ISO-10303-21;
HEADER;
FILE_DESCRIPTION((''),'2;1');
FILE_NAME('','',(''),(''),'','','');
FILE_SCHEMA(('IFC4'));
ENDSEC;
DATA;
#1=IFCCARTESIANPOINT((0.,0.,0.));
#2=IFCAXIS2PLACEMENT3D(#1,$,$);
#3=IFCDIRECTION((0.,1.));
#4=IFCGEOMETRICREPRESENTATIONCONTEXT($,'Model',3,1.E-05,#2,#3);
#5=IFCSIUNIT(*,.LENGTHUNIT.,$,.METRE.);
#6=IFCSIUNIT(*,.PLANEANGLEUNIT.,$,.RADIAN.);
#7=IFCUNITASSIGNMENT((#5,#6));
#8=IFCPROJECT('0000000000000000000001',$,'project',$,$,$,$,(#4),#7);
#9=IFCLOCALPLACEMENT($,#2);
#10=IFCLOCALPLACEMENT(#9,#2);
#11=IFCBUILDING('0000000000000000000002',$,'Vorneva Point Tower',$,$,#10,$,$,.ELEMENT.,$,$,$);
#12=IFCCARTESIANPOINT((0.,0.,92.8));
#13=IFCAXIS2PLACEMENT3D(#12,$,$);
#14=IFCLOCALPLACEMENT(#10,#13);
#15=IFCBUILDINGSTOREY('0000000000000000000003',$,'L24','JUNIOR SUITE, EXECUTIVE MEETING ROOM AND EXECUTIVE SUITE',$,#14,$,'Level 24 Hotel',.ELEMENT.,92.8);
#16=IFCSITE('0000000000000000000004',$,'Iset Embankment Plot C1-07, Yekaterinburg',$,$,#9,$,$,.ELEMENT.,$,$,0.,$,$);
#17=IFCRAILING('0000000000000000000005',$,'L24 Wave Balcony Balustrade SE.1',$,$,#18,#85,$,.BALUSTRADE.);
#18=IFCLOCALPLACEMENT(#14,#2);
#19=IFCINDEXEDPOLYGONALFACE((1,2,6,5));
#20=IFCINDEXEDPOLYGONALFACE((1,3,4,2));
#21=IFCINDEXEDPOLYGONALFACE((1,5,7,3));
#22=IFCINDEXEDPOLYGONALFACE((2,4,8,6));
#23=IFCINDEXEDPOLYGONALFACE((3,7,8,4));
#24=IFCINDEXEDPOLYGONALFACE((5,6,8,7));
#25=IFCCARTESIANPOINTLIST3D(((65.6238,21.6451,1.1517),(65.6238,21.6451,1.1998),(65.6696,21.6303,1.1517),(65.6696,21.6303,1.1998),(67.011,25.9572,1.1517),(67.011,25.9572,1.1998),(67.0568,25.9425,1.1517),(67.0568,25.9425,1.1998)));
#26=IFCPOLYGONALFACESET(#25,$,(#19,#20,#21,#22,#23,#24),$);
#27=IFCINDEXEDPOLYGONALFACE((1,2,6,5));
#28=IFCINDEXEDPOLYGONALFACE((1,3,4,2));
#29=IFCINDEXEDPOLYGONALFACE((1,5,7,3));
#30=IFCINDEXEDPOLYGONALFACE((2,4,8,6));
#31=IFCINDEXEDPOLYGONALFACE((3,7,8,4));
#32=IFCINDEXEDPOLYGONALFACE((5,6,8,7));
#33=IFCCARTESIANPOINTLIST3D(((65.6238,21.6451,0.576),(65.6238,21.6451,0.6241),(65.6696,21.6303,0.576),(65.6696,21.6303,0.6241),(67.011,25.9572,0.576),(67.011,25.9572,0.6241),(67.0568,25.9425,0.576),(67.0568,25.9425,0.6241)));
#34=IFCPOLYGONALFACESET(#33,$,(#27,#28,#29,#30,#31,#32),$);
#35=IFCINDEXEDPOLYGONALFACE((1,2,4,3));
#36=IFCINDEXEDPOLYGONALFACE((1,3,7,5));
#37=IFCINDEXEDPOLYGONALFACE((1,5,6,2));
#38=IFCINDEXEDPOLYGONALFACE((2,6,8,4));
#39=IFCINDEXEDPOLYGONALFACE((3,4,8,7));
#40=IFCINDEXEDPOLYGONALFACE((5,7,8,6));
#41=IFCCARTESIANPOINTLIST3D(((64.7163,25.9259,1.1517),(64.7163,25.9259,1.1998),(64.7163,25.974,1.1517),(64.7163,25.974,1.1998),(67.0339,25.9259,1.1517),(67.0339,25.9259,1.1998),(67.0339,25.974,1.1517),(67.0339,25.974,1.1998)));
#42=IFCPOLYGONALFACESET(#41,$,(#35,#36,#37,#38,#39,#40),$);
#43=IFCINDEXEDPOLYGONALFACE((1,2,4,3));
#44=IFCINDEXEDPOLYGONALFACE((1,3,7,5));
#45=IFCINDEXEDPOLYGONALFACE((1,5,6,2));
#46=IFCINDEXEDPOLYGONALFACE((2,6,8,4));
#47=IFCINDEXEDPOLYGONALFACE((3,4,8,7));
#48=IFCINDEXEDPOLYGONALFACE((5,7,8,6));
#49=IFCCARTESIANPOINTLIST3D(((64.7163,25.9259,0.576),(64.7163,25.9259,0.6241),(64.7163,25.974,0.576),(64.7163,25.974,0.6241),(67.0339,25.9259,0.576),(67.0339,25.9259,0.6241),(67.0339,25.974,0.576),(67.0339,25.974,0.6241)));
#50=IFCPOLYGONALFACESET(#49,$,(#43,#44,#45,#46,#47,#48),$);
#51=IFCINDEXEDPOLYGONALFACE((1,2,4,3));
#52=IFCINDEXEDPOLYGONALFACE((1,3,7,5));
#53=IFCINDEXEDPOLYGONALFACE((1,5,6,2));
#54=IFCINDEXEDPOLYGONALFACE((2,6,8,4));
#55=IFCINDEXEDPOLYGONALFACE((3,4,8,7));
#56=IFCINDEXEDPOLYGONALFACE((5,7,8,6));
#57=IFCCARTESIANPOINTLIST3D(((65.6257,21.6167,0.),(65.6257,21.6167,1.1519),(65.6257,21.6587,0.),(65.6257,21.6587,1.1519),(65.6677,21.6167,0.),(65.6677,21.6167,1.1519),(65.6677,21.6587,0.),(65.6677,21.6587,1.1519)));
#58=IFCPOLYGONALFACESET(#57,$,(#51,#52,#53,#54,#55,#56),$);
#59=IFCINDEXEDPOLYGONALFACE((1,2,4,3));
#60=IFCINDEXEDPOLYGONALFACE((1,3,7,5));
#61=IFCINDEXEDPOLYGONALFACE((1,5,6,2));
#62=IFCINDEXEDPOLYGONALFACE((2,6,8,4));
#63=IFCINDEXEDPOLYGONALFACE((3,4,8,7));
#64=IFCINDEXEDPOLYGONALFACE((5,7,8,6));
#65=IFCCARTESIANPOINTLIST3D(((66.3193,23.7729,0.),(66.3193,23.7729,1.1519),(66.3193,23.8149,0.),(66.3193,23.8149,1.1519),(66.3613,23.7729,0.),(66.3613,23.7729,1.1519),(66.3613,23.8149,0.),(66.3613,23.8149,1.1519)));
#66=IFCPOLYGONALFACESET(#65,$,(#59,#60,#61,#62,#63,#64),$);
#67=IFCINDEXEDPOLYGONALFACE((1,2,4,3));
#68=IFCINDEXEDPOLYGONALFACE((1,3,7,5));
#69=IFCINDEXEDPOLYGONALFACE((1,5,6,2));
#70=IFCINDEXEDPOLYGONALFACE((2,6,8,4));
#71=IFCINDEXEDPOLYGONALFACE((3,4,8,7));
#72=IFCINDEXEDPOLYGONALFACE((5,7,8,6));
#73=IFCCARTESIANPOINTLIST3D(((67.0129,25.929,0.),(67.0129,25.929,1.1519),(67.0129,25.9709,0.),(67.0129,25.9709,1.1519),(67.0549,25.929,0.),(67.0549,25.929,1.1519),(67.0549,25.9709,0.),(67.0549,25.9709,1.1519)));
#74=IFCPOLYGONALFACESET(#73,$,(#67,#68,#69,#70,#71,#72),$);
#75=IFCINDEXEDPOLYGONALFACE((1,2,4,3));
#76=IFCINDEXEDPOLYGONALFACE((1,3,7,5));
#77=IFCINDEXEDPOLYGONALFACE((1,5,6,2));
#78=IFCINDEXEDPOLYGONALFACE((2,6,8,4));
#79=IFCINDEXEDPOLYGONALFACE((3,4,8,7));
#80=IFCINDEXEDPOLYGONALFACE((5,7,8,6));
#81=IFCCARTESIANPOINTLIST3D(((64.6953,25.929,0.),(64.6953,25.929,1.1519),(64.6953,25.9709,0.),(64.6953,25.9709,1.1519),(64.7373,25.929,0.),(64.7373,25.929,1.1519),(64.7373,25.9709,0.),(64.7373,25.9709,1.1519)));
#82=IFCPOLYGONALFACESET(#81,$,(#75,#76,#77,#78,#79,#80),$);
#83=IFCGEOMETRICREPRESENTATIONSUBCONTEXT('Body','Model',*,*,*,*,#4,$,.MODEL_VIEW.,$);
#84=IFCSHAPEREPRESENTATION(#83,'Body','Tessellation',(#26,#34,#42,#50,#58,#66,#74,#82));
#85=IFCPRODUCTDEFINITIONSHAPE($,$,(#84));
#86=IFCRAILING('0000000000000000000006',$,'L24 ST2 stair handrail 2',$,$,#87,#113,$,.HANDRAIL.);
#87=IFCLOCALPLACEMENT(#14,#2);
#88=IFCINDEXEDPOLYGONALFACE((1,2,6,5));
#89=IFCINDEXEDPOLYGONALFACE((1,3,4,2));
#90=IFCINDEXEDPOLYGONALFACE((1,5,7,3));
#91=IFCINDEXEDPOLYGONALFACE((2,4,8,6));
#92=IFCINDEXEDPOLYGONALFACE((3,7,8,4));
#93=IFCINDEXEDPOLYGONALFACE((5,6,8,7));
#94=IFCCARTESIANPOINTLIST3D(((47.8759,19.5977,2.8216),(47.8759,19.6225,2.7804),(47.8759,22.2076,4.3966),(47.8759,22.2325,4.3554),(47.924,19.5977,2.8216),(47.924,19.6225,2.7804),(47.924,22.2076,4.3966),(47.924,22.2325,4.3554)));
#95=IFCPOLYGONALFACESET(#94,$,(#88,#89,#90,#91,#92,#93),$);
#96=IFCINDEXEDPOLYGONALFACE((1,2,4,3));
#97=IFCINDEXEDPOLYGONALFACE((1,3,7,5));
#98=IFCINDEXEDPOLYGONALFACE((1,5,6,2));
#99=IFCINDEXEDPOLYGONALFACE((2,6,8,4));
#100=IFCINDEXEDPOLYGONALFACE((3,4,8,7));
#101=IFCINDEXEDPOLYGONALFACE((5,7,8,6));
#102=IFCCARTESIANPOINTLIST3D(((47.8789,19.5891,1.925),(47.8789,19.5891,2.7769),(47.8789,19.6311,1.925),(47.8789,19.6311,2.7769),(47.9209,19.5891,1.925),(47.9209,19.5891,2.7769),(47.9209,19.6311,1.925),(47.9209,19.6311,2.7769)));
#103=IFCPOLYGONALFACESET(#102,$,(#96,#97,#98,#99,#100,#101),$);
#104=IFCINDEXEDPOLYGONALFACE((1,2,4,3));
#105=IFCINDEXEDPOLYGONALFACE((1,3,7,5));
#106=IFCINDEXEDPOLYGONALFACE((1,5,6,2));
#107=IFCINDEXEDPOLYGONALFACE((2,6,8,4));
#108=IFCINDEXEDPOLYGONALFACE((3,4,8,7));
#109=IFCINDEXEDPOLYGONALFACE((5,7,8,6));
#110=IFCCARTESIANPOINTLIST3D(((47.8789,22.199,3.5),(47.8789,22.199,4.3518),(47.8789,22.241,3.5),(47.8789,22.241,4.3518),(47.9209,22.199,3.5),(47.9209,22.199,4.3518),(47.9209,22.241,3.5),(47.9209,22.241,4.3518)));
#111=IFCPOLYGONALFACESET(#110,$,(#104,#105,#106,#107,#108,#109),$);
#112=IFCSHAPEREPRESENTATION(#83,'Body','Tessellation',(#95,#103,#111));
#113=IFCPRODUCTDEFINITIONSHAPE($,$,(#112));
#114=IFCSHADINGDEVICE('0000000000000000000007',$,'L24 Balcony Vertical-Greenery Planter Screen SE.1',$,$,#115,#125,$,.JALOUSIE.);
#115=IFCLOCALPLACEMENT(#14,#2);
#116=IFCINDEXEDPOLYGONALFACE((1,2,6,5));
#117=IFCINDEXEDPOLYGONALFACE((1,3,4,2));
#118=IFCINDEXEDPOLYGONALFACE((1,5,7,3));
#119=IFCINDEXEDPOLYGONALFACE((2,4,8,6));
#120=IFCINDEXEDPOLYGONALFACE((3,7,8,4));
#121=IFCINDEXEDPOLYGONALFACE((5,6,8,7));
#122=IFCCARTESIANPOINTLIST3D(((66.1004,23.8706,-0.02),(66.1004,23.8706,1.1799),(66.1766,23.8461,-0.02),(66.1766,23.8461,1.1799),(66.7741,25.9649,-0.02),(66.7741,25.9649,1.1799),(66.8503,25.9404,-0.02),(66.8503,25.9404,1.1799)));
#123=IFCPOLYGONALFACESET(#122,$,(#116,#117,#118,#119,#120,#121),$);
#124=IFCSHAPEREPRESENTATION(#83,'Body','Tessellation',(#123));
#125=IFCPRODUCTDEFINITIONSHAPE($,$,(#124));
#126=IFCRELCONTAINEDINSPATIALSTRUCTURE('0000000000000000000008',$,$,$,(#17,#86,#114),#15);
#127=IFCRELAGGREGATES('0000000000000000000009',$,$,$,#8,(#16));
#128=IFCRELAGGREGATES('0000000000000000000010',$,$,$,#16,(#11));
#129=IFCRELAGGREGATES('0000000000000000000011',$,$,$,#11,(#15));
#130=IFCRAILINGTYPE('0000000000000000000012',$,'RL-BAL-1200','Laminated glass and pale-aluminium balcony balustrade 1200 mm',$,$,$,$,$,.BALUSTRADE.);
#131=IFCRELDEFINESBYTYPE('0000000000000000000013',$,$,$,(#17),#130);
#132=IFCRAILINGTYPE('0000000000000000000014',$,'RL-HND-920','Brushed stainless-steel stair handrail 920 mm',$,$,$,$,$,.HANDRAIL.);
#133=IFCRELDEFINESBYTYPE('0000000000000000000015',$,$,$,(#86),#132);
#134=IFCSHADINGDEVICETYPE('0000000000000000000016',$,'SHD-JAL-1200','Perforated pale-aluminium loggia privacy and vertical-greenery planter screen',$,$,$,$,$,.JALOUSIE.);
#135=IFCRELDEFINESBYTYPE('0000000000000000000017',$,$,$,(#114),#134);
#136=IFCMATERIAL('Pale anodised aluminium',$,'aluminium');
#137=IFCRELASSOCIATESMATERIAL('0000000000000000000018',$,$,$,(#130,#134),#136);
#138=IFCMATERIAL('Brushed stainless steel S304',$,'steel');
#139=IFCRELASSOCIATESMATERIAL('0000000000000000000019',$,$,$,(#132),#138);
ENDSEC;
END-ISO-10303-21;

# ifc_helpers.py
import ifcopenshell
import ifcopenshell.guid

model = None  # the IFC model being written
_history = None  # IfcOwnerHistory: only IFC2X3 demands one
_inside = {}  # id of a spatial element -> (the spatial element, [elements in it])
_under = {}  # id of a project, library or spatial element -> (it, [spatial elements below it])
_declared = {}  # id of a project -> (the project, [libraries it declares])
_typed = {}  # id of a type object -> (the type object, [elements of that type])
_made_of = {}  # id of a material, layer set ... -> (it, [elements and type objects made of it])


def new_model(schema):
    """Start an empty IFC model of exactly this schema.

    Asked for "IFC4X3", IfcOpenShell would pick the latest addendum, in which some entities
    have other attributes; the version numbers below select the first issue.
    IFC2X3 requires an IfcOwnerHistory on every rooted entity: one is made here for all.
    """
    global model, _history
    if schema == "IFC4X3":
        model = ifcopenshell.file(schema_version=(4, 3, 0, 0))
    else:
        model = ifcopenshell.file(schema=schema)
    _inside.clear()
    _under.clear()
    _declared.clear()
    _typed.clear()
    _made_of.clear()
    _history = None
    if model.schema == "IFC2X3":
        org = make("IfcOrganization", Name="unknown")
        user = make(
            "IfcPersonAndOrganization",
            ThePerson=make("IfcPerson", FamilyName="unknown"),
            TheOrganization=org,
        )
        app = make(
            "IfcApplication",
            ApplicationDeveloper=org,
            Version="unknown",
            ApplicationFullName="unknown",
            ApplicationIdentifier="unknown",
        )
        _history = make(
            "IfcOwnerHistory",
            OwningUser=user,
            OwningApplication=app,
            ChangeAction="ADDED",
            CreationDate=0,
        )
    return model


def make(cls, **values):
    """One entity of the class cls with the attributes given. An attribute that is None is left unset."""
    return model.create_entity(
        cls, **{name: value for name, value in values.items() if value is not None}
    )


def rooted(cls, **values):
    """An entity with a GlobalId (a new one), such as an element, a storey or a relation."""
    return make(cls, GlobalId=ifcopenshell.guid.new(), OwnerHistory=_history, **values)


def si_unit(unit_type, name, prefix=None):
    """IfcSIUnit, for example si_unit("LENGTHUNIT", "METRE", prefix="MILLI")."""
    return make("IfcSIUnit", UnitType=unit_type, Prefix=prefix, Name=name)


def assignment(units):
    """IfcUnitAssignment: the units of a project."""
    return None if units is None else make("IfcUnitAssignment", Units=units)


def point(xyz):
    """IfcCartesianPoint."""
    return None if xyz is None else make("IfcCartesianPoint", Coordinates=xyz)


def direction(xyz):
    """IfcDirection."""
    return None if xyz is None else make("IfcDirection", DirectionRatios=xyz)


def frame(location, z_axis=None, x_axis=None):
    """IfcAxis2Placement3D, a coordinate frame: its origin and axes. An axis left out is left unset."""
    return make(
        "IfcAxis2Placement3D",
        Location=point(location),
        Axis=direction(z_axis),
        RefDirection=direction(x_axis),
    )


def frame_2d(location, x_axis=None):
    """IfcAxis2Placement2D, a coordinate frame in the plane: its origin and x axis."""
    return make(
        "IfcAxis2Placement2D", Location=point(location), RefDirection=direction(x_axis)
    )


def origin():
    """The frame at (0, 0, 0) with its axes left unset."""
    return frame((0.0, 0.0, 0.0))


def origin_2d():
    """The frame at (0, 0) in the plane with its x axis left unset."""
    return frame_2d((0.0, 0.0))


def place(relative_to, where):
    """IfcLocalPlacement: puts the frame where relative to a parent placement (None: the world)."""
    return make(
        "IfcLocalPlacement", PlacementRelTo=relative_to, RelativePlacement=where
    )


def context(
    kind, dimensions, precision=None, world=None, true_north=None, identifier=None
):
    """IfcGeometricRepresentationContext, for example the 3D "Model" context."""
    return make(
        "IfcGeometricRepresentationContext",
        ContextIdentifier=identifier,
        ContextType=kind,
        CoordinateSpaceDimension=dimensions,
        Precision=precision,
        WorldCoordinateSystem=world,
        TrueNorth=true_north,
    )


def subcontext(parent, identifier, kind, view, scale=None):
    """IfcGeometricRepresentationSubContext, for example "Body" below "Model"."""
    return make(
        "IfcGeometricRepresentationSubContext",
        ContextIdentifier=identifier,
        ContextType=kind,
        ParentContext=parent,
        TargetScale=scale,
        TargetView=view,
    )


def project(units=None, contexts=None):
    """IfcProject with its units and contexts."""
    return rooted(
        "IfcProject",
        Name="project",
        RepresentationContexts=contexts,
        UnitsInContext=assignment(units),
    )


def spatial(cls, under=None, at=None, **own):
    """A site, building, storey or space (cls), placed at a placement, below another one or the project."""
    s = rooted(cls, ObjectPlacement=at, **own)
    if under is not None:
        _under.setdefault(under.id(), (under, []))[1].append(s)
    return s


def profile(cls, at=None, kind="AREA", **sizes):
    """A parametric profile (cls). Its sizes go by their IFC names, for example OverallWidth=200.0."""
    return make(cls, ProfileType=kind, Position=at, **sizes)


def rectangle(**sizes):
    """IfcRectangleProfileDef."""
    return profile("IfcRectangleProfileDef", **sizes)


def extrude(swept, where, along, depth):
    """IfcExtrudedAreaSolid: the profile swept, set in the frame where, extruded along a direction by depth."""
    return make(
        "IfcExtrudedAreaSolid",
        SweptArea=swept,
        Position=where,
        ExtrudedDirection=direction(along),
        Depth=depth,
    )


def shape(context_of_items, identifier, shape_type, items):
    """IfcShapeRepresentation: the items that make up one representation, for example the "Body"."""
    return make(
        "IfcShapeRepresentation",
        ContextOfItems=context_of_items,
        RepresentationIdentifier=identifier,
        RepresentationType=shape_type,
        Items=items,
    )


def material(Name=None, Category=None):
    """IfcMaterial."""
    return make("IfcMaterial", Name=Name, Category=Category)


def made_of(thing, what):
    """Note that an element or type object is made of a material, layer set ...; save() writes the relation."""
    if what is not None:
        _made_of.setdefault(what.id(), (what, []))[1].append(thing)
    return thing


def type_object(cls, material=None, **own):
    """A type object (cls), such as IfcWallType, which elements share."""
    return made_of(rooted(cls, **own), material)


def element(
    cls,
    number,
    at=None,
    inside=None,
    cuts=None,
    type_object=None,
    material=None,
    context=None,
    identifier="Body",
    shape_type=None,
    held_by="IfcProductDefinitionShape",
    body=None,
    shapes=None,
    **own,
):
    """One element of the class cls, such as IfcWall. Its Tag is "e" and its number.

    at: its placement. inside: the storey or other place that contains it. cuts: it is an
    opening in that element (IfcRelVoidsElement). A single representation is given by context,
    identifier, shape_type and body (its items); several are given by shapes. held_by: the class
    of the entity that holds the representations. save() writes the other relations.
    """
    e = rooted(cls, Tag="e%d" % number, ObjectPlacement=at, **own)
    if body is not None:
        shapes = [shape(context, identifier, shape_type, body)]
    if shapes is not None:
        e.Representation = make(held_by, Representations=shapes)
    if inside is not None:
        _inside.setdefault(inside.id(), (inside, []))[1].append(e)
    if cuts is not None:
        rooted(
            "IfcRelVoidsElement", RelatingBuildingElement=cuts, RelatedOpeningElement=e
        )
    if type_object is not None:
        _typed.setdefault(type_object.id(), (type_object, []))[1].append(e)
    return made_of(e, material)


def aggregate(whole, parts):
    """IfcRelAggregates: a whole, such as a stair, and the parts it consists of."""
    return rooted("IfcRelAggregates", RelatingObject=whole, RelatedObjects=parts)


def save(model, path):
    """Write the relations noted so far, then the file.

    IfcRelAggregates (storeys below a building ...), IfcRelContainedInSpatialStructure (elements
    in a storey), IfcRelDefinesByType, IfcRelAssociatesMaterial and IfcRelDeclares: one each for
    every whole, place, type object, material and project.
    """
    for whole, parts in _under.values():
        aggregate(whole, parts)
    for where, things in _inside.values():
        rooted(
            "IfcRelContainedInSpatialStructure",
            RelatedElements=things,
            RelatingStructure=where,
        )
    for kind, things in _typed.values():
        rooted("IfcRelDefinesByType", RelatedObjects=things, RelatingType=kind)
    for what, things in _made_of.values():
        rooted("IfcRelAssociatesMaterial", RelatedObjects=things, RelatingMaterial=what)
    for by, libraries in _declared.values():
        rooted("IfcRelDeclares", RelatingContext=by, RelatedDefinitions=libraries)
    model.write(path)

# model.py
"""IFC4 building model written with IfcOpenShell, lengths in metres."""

from ifc_helpers import new_model, si_unit, direction, frame, origin, origin_2d, place, context, subcontext, project, spatial, rectangle, extrude, material, type_object, element, save


model = new_model("IFC4")

# Units and contexts
model_context = context("Model", 3, precision=1e-05, world=origin(), true_north=direction((0.0, 1.0)))
body_context = subcontext(model_context, "Body", "Model", "MODEL_VIEW")
ifc_project = project(units=[si_unit("LENGTHUNIT", "METRE"), si_unit("PLANEANGLEUNIT", "RADIAN")], contexts=[model_context])

# Site, building, storey
site_placement = place(None, origin())
site = spatial("IfcSite", under=ifc_project, at=site_placement, Name="Iset Embankment Plot C1-07, Yekaterinburg", CompositionType="ELEMENT", RefElevation=0.0)
building_placement = place(site_placement, origin())
building = spatial("IfcBuilding", under=site, at=building_placement, Name="Vorneva Point Tower", CompositionType="ELEMENT")
storey_placement = place(building_placement, frame((0.0, 0.0, 92.8)))
storey = spatial("IfcBuildingStorey", under=building, at=storey_placement, Name="L24", Description="JUNIOR SUITE, EXECUTIVE MEETING ROOM AND EXECUTIVE SUITE", LongName="Level 24 Hotel", CompositionType="ELEMENT", Elevation=92.8)

# Shared definitions
ifc_material_1 = material(Name="Pale anodised aluminium", Category="aluminium")

# Railings
railing_type_1 = type_object("IfcRailingType", Name="RL-BAL-1200", Description="Laminated glass and pale-aluminium balcony balustrade 1200 mm", PredefinedType="BALUSTRADE", material=ifc_material_1)
railing_1_placement = place(storey_placement, frame((65.6467, 21.6377, 0.0)))
element("IfcRailing", 1, at=railing_1_placement, inside=storey, type_object=railing_type_1, Name="L24 Wave Balcony Balustrade SE.1", PredefinedType="BALUSTRADE", context=body_context, shape_type="SweptSolid", body=[
    extrude(rectangle(XDim=0.0481, YDim=0.0481, at=origin_2d()), frame((0.0, 0.0, 1.1758), z_axis=(0.306234, 0.951956, 0.0), x_axis=(-0.951956, 0.306234, 0.0)), (0.0, 0.0, 1.0), 4.5298),
    extrude(rectangle(XDim=0.0481, YDim=0.0481, at=origin_2d()), frame((0.0, 0.0, 0.6001), z_axis=(0.306234, 0.951956, 0.0), x_axis=(-0.951956, 0.306234, 0.0)), (0.0, 0.0, 1.0), 4.5298),
    extrude(rectangle(XDim=0.0481, YDim=0.0481, at=origin_2d()), frame((1.3872, 4.3123, 1.1758), z_axis=(-1.0, 0.0, 0.0), x_axis=(0.0, -1.0, 0.0)), (0.0, 0.0, 1.0), 2.3176),
    extrude(rectangle(XDim=0.0481, YDim=0.0481, at=origin_2d()), frame((1.3872, 4.3123, 0.6001), z_axis=(-1.0, 0.0, 0.0), x_axis=(0.0, -1.0, 0.0)), (0.0, 0.0, 1.0), 2.3176),
    extrude(rectangle(XDim=0.042, YDim=0.042, at=origin_2d()), origin(), (0.0, 0.0, 1.0), 1.1519),
    extrude(rectangle(XDim=0.042, YDim=0.042, at=origin_2d()), frame((0.6936, 2.1562, 0.0)), (0.0, 0.0, 1.0), 1.1519),
    extrude(rectangle(XDim=0.042, YDim=0.042, at=origin_2d()), frame((1.3872, 4.3123, 0.0)), (0.0, 0.0, 1.0), 1.1519),
    extrude(rectangle(XDim=0.042, YDim=0.042, at=origin_2d()), frame((-0.9304, 4.3123, 0.0)), (0.0, 0.0, 1.0), 1.1519),
])
ifc_material_2 = material(Name="Brushed stainless steel S304", Category="steel")
railing_type_2 = type_object("IfcRailingType", Name="RL-HND-920", Description="Brushed stainless-steel stair handrail 920 mm", PredefinedType="HANDRAIL", material=ifc_material_2)
railing_2_placement = place(storey_placement, frame((47.8999, 19.6101, 1.925)))
element("IfcRailing", 2, at=railing_2_placement, inside=storey, type_object=railing_type_2, Name="L24 ST2 stair handrail 2", PredefinedType="HANDRAIL", context=body_context, shape_type="SweptSolid", body=[
    extrude(rectangle(XDim=0.0481, YDim=0.0481, at=origin_2d()), frame((0.0, 0.0, 0.876), z_axis=(0.0, 0.856183, 0.516673), x_axis=(-1.0, 0.0, 0.0)), (0.0, 0.0, 1.0), 3.0483),
    extrude(rectangle(XDim=0.042, YDim=0.042, at=origin_2d()), origin(), (0.0, 0.0, 1.0), 0.8518),
    extrude(rectangle(XDim=0.042, YDim=0.042, at=origin_2d()), frame((0.0, 2.6099, 1.575)), (0.0, 0.0, 1.0), 0.8518),
])

# Shading device
shading_device_type = type_object("IfcShadingDeviceType", Name="SHD-JAL-1200", Description="Perforated pale-aluminium loggia privacy and vertical-greenery planter screen", PredefinedType="JALOUSIE", material=ifc_material_1)
shading_device_placement = place(storey_placement, frame((66.4753, 24.9055, -0.02), z_axis=(0.0, 0.0, 1.0), x_axis=(0.306227, 0.951959, 0.0)))
element("IfcShadingDevice", 3, at=shading_device_placement, inside=storey, type_object=shading_device_type, Name="L24 Balcony Vertical-Greenery Planter Screen SE.1", PredefinedType="JALOUSIE", context=body_context, shape_type="SweptSolid", body=[
    extrude(rectangle(XDim=2.2, YDim=0.0801, at=origin_2d()), origin(), (0.0, 0.0, 1.0), 1.2),
])

save(model, "model.ifc")
